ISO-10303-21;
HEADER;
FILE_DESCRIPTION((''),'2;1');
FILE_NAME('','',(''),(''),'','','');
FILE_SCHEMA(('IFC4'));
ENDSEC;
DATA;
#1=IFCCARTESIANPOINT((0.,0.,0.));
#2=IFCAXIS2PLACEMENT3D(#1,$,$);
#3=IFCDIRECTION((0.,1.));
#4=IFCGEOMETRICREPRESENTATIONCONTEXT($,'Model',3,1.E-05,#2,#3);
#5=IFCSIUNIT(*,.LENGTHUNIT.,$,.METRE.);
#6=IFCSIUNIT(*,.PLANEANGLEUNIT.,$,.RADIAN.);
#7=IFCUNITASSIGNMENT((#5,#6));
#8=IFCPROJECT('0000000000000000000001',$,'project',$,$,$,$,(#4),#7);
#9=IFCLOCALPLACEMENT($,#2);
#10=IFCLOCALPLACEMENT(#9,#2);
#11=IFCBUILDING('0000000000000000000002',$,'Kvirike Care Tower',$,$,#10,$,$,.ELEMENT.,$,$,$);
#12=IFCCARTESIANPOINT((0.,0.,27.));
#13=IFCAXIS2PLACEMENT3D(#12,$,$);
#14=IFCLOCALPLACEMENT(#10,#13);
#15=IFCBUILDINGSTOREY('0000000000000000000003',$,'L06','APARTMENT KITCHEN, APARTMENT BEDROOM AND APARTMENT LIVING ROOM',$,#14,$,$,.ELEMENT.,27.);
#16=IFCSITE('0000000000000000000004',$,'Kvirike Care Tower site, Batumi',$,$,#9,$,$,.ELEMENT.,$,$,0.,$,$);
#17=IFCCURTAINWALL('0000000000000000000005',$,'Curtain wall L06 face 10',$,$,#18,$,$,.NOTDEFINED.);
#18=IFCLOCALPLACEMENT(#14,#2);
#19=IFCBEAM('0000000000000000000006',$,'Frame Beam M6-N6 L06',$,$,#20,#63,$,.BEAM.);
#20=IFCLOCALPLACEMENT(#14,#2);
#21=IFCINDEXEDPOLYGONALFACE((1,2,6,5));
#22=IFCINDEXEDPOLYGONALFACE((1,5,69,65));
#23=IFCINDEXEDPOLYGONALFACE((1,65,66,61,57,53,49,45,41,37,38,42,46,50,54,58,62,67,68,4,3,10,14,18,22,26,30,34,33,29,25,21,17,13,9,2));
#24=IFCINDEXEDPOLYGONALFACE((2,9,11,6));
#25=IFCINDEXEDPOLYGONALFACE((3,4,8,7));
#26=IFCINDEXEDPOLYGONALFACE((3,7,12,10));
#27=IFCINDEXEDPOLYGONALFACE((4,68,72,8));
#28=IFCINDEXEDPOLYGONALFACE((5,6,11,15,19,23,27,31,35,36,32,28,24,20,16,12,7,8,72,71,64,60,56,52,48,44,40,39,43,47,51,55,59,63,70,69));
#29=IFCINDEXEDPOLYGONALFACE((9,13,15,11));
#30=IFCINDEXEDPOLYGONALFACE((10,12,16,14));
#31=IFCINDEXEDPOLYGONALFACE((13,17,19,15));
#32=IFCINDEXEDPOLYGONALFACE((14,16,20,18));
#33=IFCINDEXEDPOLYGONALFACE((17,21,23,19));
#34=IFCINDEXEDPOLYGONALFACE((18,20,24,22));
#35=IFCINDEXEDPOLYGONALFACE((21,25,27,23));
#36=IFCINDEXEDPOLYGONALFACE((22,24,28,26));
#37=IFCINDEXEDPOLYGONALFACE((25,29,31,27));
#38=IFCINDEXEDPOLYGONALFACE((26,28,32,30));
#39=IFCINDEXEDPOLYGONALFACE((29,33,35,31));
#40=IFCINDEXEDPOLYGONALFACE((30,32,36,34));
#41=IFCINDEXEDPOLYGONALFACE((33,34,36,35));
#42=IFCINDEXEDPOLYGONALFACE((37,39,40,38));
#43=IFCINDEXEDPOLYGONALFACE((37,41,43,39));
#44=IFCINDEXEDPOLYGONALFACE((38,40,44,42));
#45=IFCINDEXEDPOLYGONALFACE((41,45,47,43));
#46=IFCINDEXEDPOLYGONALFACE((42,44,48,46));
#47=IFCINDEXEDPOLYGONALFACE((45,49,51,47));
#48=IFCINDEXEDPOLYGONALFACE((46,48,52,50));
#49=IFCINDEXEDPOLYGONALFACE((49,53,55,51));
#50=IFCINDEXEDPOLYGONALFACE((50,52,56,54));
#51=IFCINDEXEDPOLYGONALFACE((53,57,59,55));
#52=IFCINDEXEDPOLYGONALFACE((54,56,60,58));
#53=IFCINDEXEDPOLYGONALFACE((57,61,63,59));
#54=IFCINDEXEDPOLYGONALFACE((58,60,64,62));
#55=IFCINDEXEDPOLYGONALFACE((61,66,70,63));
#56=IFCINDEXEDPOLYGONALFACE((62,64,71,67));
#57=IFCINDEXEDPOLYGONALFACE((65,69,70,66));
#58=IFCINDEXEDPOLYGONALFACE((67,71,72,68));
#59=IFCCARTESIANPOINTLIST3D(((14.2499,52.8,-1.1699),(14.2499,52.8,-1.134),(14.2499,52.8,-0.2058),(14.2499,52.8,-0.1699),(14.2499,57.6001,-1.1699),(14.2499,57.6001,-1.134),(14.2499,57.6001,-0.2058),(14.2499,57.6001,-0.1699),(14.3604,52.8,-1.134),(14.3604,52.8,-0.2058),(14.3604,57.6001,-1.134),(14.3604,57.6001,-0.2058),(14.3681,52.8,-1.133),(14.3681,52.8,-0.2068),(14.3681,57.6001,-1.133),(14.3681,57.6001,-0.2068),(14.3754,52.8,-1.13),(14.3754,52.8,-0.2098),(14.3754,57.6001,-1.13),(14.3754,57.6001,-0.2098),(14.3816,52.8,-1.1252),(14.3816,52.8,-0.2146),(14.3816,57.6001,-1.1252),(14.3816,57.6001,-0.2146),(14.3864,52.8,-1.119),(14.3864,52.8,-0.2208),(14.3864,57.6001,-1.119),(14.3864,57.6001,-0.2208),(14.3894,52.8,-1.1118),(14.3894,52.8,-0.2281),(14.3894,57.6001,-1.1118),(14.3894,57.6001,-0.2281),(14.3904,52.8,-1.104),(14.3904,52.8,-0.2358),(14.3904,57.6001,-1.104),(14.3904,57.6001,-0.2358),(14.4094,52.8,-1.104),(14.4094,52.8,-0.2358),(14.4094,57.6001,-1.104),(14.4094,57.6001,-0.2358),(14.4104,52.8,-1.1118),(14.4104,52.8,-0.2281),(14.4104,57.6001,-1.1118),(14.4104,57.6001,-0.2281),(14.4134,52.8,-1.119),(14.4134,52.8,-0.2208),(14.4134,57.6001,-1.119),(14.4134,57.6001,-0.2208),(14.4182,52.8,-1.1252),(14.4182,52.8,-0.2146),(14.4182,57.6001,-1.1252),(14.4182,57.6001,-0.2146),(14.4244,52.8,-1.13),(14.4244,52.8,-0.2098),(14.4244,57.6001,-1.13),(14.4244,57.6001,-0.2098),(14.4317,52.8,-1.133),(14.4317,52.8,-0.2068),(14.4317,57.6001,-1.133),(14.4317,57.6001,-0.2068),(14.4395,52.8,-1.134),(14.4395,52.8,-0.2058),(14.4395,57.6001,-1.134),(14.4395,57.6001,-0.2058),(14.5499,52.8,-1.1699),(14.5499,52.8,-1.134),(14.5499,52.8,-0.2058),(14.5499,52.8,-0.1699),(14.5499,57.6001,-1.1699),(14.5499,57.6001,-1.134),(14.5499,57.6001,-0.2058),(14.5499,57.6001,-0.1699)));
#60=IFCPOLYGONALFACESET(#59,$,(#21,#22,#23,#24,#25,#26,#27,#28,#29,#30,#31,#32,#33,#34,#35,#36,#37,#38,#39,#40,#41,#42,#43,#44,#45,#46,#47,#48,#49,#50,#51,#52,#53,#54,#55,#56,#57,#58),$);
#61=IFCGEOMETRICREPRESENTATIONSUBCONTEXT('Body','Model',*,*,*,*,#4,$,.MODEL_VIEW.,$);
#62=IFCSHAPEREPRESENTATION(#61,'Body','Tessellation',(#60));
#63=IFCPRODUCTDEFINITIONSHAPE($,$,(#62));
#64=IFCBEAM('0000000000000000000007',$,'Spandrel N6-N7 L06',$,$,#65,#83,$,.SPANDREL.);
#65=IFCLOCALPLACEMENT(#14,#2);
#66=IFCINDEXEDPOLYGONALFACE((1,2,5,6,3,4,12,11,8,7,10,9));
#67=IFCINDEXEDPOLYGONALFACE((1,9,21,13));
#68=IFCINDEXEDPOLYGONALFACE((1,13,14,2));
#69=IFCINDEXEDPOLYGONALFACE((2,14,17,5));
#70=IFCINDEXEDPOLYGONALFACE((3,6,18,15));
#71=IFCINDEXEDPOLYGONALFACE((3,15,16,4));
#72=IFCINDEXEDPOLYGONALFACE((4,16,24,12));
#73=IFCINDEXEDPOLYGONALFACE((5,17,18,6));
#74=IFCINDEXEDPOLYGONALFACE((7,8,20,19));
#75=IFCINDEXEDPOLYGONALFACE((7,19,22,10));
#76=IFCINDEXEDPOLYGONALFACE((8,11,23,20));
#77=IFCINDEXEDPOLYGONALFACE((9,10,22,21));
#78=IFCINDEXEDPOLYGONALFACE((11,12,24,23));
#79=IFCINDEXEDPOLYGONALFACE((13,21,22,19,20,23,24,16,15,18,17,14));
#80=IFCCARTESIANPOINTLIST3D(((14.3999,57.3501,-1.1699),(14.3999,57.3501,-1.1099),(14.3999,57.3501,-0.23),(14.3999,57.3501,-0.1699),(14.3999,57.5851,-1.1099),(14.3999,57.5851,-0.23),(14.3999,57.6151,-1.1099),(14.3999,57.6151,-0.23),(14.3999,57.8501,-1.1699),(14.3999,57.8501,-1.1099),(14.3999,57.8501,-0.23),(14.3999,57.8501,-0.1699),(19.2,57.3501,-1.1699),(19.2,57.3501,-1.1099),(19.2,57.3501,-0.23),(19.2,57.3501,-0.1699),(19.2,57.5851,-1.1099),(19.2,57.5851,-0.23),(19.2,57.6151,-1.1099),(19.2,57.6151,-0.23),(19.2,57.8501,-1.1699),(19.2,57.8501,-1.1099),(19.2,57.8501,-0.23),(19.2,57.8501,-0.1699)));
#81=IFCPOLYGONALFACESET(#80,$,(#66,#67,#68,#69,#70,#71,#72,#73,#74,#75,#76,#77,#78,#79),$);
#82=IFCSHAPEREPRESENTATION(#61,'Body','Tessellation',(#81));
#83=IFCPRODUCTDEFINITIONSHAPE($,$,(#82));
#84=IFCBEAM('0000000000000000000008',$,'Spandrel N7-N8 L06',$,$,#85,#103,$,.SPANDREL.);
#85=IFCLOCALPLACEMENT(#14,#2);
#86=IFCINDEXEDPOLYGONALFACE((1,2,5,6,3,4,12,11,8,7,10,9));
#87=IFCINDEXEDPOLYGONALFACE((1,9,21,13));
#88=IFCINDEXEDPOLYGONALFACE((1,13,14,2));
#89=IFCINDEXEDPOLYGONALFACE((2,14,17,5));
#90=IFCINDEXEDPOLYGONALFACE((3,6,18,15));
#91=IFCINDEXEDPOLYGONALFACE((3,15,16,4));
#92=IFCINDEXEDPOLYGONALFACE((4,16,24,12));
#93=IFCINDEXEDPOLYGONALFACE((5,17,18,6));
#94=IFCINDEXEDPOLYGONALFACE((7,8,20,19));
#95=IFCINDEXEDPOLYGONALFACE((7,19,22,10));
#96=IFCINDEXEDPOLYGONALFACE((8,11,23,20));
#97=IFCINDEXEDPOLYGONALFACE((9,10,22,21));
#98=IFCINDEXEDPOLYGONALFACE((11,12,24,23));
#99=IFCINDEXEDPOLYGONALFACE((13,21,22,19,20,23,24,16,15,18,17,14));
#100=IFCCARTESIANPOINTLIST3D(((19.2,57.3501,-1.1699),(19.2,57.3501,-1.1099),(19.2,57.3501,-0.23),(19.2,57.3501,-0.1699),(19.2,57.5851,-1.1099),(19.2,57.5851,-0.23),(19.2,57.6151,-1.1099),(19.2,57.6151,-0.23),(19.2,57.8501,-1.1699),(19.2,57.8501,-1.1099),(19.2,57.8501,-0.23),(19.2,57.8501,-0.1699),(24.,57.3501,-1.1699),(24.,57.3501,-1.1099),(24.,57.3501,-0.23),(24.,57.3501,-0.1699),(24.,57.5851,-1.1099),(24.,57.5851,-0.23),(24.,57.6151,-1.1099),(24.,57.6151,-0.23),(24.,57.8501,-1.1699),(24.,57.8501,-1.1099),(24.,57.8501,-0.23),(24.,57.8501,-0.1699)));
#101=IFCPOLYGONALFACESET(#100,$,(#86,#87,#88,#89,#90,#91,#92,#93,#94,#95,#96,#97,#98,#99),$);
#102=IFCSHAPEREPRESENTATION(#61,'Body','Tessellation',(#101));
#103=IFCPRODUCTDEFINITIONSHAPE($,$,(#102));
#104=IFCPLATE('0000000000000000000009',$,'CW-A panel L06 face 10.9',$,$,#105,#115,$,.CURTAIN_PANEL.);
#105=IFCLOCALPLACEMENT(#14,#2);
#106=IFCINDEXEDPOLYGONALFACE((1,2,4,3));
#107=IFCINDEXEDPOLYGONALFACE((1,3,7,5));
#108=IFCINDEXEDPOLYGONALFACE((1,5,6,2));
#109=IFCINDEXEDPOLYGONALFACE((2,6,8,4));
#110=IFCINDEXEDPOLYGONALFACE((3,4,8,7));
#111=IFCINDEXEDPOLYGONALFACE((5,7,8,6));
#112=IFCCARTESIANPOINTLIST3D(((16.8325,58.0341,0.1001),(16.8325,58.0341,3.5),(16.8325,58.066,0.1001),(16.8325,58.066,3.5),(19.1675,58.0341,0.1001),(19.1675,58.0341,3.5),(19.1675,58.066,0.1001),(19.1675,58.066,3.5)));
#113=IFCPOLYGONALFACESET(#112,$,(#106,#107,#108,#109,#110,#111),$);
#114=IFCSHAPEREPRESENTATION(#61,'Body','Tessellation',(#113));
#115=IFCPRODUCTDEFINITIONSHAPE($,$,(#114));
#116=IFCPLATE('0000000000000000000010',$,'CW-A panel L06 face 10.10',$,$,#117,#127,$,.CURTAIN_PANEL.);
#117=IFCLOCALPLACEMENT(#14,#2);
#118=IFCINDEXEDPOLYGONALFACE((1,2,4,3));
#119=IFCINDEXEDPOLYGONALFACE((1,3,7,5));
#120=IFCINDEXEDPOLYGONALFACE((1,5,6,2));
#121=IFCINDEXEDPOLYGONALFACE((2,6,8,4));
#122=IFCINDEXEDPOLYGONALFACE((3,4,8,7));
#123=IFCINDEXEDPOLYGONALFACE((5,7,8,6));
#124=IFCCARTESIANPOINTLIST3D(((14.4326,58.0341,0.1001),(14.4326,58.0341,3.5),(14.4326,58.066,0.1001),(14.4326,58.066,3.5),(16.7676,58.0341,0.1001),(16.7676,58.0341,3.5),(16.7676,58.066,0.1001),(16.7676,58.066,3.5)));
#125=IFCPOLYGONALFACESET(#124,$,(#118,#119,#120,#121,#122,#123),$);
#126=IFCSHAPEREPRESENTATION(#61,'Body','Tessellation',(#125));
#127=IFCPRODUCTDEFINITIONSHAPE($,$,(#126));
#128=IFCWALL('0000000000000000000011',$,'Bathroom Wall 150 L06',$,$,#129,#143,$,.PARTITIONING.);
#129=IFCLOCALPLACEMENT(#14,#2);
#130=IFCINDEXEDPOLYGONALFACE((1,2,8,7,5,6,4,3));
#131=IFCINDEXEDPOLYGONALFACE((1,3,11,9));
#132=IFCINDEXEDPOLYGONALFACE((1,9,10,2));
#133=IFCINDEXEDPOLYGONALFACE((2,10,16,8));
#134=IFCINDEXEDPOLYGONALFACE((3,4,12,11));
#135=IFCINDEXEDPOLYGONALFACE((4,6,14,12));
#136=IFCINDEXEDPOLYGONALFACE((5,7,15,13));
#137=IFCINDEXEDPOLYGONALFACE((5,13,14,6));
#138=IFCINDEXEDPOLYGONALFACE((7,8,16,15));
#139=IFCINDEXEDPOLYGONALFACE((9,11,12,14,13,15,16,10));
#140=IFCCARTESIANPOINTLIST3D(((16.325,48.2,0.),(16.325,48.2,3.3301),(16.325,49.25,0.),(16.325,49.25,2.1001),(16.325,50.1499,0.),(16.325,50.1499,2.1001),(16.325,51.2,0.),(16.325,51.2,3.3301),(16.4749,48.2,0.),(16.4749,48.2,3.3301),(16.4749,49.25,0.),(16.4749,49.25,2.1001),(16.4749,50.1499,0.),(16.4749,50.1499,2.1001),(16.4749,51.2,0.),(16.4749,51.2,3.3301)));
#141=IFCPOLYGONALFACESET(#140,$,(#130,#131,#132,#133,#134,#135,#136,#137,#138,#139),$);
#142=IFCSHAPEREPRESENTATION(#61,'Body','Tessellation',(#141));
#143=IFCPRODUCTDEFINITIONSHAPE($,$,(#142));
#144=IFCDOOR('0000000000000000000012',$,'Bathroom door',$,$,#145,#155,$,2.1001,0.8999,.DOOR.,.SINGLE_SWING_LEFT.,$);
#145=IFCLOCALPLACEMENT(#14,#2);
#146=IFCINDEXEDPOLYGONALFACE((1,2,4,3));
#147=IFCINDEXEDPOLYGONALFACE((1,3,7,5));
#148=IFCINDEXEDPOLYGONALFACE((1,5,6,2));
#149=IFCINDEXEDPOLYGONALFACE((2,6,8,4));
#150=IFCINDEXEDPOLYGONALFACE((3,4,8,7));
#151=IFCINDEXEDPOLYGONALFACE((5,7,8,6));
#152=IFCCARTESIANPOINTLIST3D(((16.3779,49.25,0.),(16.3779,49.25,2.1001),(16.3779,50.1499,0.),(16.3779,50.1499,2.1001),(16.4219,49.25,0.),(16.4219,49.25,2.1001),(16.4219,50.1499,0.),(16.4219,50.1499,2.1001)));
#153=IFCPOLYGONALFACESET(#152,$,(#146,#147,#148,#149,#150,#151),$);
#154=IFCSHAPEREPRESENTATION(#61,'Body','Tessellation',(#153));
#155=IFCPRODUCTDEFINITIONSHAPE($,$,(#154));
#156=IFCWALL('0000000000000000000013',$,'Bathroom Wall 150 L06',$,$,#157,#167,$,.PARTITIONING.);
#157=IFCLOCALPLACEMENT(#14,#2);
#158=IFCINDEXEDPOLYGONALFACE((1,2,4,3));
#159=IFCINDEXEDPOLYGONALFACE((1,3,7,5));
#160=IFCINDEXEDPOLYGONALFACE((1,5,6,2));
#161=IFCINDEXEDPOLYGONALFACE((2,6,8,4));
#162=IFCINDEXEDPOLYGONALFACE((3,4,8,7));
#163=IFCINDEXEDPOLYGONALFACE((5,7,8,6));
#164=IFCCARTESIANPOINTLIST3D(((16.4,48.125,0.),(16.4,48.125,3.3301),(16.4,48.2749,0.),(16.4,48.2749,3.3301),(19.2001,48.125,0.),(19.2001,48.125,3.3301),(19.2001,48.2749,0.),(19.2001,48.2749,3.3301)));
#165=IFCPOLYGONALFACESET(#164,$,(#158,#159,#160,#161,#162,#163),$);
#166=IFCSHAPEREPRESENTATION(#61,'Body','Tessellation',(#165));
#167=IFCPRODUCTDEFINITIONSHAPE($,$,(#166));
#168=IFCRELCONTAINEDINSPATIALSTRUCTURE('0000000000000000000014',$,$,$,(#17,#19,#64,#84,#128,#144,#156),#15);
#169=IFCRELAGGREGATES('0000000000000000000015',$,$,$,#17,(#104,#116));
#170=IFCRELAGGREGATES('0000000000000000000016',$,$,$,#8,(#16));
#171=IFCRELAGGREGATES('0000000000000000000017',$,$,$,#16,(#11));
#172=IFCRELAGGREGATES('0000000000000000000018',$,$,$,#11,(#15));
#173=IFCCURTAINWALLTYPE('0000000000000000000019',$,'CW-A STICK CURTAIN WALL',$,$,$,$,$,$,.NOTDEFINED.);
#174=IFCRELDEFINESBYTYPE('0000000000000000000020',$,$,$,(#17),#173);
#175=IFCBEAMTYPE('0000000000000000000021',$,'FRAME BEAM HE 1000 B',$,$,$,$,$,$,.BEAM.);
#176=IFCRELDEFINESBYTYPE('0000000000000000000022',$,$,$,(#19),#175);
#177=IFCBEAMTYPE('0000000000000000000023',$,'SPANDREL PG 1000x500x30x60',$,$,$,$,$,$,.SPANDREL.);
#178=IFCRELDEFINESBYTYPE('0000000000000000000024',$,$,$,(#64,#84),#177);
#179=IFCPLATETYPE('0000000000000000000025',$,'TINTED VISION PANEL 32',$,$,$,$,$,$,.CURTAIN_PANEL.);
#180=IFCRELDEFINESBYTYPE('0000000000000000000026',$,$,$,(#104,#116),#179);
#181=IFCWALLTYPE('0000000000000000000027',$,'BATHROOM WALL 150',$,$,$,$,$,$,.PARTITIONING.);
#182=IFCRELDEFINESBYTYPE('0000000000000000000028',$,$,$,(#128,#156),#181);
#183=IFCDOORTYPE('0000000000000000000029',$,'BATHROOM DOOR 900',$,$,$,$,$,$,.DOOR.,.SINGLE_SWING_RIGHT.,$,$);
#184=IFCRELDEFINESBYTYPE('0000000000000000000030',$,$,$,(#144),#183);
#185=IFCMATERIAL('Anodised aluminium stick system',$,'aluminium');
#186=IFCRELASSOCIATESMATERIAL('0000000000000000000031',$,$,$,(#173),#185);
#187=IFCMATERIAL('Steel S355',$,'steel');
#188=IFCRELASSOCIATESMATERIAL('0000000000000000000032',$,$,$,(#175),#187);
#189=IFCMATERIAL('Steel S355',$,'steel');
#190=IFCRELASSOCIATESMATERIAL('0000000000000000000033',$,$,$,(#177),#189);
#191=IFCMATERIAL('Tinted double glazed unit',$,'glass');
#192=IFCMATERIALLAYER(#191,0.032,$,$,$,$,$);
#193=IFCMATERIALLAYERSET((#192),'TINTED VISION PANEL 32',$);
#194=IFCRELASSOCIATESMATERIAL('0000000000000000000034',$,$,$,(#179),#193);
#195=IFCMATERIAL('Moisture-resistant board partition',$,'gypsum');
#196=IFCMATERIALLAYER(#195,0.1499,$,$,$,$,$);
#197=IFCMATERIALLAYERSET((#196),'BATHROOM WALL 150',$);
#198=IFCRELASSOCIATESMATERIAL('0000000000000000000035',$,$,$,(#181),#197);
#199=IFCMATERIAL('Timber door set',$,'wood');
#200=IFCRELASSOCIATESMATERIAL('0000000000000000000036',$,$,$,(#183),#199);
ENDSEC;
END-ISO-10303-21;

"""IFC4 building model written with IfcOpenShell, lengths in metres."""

from ifc_helpers import new_model, si_unit, direction, frame, frame_2d, origin, origin_2d, place, context, subcontext, project, spatial, rectangle, i_section, extrude, material, layer, layer_set, material_profile, profile_set, type_object, element, fill, aggregate, save


model = new_model("IFC4")

# Units and contexts
model_context = context("Model", 3, precision=1e-05, world=origin(), true_north=direction((0.0, 1.0)))
body_context = subcontext(model_context, "Body", "Model", "MODEL_VIEW")
ifc_project = project(units=[si_unit("LENGTHUNIT", "METRE"), si_unit("PLANEANGLEUNIT", "RADIAN")], contexts=[model_context])

# Site, building, storey
site_placement = place(None, origin())
site = spatial("IfcSite", under=ifc_project, at=site_placement, Name="Kvirike Care Tower site, Batumi", CompositionType="ELEMENT", RefElevation=0.0)
building_placement = place(site_placement, origin())
building = spatial("IfcBuilding", under=site, at=building_placement, Name="Kvirike Care Tower", CompositionType="ELEMENT")
storey_placement = place(building_placement, frame((0.0, 0.0, 27.0)))
storey = spatial("IfcBuildingStorey", under=building, at=storey_placement, Name="L06", Description="APARTMENT KITCHEN, APARTMENT BEDROOM AND APARTMENT LIVING ROOM", CompositionType="ELEMENT", Elevation=27.0)

# Curtain wall
ifc_material_1 = material(Name="Anodised aluminium stick system", Category="aluminium")
curtain_wall_type = type_object("IfcCurtainWallType", Name="CW-A STICK CURTAIN WALL", PredefinedType="NOTDEFINED", material=ifc_material_1)
curtain_wall_placement = place(storey_placement, origin())
curtain_wall = element("IfcCurtainWall", 1, at=curtain_wall_placement, inside=storey, type_object=curtain_wall_type, Name="Curtain wall L06 face 10", PredefinedType="NOTDEFINED")

# Beams
ifc_material_2 = material(Name="Steel S355", Category="steel")
ifc_material_profile_1 = material_profile(ifc_material_2, i_section(OverallWidth=0.3, OverallDepth=1.0, WebThickness=0.019, FlangeThickness=0.0359, FilletRadius=0.03, at=origin_2d()), Name="HE 1000 B")
ifc_profile_set_1 = profile_set([ifc_material_profile_1], Name="Steel S355")
beam_type_1 = type_object("IfcBeamType", Name="FRAME BEAM HE 1000 B", PredefinedType="BEAM", material=ifc_profile_set_1)
beam_1_placement = place(storey_placement, frame((14.3999, 52.8, -0.6699), z_axis=(0.0, 1.0, 0.0), x_axis=(-1.0, 0.0, 0.0)))
element("IfcBeam", 2, at=beam_1_placement, inside=storey, type_object=beam_type_1, Name="Frame Beam M6-N6 L06", PredefinedType="BEAM", context=body_context, shape_type="SweptSolid", body=[
    extrude(i_section(OverallWidth=0.3, OverallDepth=1.0, WebThickness=0.019, FlangeThickness=0.0359, FilletRadius=0.03, at=origin_2d()), origin(), (0.0, 0.0, 1.0), 4.8),
])
ifc_material_3 = material(Name="Steel S355", Category="steel")
ifc_material_profile_2 = material_profile(ifc_material_3, i_section(OverallWidth=0.5, OverallDepth=1.0, WebThickness=0.03, FlangeThickness=0.0601, at=origin_2d()), Name="PG 1000x500x30x60")
ifc_profile_set_2 = profile_set([ifc_material_profile_2], Name="Steel S355")
beam_type_2 = type_object("IfcBeamType", Name="SPANDREL PG 1000x500x30x60", PredefinedType="SPANDREL", material=ifc_profile_set_2)
for number, where, z_axis, x_axis, name in (
    (3, (14.3999, 57.6001, -0.6699), (1.0, 0.0, 0.0), (0.0, 1.0, 0.0), "Spandrel N6-N7 L06"),
    (4, (19.2, 57.6001, -0.6699), (1.0, 0.0, 0.0), (0.0, 1.0, 0.0), "Spandrel N7-N8 L06"),
):
    element("IfcBeam", number, at=place(storey_placement, frame(where, z_axis=z_axis, x_axis=x_axis)), inside=storey, type_object=beam_type_2, Name=name, PredefinedType="SPANDREL", context=body_context, shape_type="SweptSolid", body=[
        extrude(i_section(OverallWidth=0.5, OverallDepth=1.0, WebThickness=0.03, FlangeThickness=0.0601, at=origin_2d()), origin(), (0.0, 0.0, 1.0), 4.8),
    ])

# Plates
ifc_material_4 = material(Name="Tinted double glazed unit", Category="glass")
ifc_layer_1 = layer(ifc_material_4, 0.032)
ifc_layer_set_1 = layer_set([ifc_layer_1], Name="TINTED VISION PANEL 32")
plate_type = type_object("IfcPlateType", Name="TINTED VISION PANEL 32", PredefinedType="CURTAIN_PANEL", material=ifc_layer_set_1)
plate_1_placement = place(storey_placement, frame((18.0, 58.05, 0.1001), z_axis=(0.0, 0.0, 1.0), x_axis=(-1.0, 0.0, 0.0)))
plate_1 = element("IfcPlate", 5, at=plate_1_placement, type_object=plate_type, Name="CW-A panel L06 face 10.9", PredefinedType="CURTAIN_PANEL", context=body_context, shape_type="SweptSolid", body=[
    extrude(rectangle(XDim=2.335, YDim=0.032, at=origin_2d()), origin(), (0.0, 0.0, 1.0), 3.3999),
])
plate_2_placement = place(storey_placement, frame((15.6001, 58.05, 0.1001), z_axis=(0.0, 0.0, 1.0), x_axis=(-1.0, 0.0, 0.0)))
plate_2 = element("IfcPlate", 6, at=plate_2_placement, type_object=plate_type, Name="CW-A panel L06 face 10.10", PredefinedType="CURTAIN_PANEL", context=body_context, shape_type="SweptSolid", body=[
    extrude(rectangle(XDim=2.335, YDim=0.032, at=origin_2d()), origin(), (0.0, 0.0, 1.0), 3.3999),
])
aggregate(curtain_wall, [plate_1, plate_2])

# Wall, opening, door
ifc_material_5 = material(Name="Moisture-resistant board partition", Category="gypsum")
ifc_layer_2 = layer(ifc_material_5, 0.1499)
ifc_layer_set_2 = layer_set([ifc_layer_2], Name="BATHROOM WALL 150")
wall_type_1 = type_object("IfcWallType", Name="BATHROOM WALL 150", PredefinedType="PARTITIONING", material=ifc_layer_set_2)
wall_1_placement = place(storey_placement, frame((16.3999, 51.2, 0.0), z_axis=(0.0, 0.0, 1.0), x_axis=(0.0, -1.0, 0.0)))
wall_1 = element("IfcWall", 7, at=wall_1_placement, inside=storey, type_object=wall_type_1, Name="Bathroom Wall 150 L06", PredefinedType="PARTITIONING", context=body_context, shape_type="SweptSolid", body=[
    extrude(rectangle(XDim=3.0, YDim=0.1499, at=frame_2d((1.5, 0.0))), origin(), (0.0, 0.0, 1.0), 3.3301),
])
opening_1_placement = place(wall_1_placement, frame((1.05, 0.0, 0.0)))
opening_1 = element("IfcOpeningElement", 8, at=opening_1_placement, cuts=wall_1, PredefinedType="OPENING", context=body_context, shape_type="SweptSolid", body=[
    extrude(rectangle(XDim=0.8999, YDim=2.1001, at=frame_2d((0.45, 1.05))), frame((0.0, 0.0854, 0.0), z_axis=(0.0, -1.0, 0.0), x_axis=(1.0, 0.0, 0.0)), (0.0, 0.0, 1.0), 0.1709),
])
ifc_material_6 = material(Name="Timber door set", Category="wood")
door_type_1 = type_object("IfcDoorType", Name="BATHROOM DOOR 900", OperationType="SINGLE_SWING_RIGHT", PredefinedType="DOOR", material=ifc_material_6)
door_1_placement = place(opening_1_placement, origin())
door_1 = element("IfcDoor", 9, at=door_1_placement, inside=storey, type_object=door_type_1, Name="Bathroom door", OperationType="SINGLE_SWING_LEFT", OverallHeight=2.1001, OverallWidth=0.8999, PredefinedType="DOOR", context=body_context, shape_type="SweptSolid", body=[
    extrude(rectangle(XDim=0.8999, YDim=2.1001, at=frame_2d((0.45, 1.05))), frame((0.0, 0.022, 0.0), z_axis=(0.0, -1.0, 0.0), x_axis=(1.0, 0.0, 0.0)), (0.0, 0.0, 1.0), 0.0439),
])
fill(opening_1, door_1)

# Wall
wall_2_placement = place(storey_placement, frame((19.2, 48.2, 0.0), z_axis=(0.0, 0.0, 1.0), x_axis=(-1.0, 0.0, 0.0)))
element("IfcWall", 10, at=wall_2_placement, inside=storey, type_object=wall_type_1, Name="Bathroom Wall 150 L06", PredefinedType="PARTITIONING", context=body_context, shape_type="SweptSolid", body=[
    extrude(rectangle(XDim=2.8, YDim=0.1499, at=frame_2d((1.3999, 0.0))), origin(), (0.0, 0.0, 1.0), 3.3301),
])

save(model, "model.ifc")
